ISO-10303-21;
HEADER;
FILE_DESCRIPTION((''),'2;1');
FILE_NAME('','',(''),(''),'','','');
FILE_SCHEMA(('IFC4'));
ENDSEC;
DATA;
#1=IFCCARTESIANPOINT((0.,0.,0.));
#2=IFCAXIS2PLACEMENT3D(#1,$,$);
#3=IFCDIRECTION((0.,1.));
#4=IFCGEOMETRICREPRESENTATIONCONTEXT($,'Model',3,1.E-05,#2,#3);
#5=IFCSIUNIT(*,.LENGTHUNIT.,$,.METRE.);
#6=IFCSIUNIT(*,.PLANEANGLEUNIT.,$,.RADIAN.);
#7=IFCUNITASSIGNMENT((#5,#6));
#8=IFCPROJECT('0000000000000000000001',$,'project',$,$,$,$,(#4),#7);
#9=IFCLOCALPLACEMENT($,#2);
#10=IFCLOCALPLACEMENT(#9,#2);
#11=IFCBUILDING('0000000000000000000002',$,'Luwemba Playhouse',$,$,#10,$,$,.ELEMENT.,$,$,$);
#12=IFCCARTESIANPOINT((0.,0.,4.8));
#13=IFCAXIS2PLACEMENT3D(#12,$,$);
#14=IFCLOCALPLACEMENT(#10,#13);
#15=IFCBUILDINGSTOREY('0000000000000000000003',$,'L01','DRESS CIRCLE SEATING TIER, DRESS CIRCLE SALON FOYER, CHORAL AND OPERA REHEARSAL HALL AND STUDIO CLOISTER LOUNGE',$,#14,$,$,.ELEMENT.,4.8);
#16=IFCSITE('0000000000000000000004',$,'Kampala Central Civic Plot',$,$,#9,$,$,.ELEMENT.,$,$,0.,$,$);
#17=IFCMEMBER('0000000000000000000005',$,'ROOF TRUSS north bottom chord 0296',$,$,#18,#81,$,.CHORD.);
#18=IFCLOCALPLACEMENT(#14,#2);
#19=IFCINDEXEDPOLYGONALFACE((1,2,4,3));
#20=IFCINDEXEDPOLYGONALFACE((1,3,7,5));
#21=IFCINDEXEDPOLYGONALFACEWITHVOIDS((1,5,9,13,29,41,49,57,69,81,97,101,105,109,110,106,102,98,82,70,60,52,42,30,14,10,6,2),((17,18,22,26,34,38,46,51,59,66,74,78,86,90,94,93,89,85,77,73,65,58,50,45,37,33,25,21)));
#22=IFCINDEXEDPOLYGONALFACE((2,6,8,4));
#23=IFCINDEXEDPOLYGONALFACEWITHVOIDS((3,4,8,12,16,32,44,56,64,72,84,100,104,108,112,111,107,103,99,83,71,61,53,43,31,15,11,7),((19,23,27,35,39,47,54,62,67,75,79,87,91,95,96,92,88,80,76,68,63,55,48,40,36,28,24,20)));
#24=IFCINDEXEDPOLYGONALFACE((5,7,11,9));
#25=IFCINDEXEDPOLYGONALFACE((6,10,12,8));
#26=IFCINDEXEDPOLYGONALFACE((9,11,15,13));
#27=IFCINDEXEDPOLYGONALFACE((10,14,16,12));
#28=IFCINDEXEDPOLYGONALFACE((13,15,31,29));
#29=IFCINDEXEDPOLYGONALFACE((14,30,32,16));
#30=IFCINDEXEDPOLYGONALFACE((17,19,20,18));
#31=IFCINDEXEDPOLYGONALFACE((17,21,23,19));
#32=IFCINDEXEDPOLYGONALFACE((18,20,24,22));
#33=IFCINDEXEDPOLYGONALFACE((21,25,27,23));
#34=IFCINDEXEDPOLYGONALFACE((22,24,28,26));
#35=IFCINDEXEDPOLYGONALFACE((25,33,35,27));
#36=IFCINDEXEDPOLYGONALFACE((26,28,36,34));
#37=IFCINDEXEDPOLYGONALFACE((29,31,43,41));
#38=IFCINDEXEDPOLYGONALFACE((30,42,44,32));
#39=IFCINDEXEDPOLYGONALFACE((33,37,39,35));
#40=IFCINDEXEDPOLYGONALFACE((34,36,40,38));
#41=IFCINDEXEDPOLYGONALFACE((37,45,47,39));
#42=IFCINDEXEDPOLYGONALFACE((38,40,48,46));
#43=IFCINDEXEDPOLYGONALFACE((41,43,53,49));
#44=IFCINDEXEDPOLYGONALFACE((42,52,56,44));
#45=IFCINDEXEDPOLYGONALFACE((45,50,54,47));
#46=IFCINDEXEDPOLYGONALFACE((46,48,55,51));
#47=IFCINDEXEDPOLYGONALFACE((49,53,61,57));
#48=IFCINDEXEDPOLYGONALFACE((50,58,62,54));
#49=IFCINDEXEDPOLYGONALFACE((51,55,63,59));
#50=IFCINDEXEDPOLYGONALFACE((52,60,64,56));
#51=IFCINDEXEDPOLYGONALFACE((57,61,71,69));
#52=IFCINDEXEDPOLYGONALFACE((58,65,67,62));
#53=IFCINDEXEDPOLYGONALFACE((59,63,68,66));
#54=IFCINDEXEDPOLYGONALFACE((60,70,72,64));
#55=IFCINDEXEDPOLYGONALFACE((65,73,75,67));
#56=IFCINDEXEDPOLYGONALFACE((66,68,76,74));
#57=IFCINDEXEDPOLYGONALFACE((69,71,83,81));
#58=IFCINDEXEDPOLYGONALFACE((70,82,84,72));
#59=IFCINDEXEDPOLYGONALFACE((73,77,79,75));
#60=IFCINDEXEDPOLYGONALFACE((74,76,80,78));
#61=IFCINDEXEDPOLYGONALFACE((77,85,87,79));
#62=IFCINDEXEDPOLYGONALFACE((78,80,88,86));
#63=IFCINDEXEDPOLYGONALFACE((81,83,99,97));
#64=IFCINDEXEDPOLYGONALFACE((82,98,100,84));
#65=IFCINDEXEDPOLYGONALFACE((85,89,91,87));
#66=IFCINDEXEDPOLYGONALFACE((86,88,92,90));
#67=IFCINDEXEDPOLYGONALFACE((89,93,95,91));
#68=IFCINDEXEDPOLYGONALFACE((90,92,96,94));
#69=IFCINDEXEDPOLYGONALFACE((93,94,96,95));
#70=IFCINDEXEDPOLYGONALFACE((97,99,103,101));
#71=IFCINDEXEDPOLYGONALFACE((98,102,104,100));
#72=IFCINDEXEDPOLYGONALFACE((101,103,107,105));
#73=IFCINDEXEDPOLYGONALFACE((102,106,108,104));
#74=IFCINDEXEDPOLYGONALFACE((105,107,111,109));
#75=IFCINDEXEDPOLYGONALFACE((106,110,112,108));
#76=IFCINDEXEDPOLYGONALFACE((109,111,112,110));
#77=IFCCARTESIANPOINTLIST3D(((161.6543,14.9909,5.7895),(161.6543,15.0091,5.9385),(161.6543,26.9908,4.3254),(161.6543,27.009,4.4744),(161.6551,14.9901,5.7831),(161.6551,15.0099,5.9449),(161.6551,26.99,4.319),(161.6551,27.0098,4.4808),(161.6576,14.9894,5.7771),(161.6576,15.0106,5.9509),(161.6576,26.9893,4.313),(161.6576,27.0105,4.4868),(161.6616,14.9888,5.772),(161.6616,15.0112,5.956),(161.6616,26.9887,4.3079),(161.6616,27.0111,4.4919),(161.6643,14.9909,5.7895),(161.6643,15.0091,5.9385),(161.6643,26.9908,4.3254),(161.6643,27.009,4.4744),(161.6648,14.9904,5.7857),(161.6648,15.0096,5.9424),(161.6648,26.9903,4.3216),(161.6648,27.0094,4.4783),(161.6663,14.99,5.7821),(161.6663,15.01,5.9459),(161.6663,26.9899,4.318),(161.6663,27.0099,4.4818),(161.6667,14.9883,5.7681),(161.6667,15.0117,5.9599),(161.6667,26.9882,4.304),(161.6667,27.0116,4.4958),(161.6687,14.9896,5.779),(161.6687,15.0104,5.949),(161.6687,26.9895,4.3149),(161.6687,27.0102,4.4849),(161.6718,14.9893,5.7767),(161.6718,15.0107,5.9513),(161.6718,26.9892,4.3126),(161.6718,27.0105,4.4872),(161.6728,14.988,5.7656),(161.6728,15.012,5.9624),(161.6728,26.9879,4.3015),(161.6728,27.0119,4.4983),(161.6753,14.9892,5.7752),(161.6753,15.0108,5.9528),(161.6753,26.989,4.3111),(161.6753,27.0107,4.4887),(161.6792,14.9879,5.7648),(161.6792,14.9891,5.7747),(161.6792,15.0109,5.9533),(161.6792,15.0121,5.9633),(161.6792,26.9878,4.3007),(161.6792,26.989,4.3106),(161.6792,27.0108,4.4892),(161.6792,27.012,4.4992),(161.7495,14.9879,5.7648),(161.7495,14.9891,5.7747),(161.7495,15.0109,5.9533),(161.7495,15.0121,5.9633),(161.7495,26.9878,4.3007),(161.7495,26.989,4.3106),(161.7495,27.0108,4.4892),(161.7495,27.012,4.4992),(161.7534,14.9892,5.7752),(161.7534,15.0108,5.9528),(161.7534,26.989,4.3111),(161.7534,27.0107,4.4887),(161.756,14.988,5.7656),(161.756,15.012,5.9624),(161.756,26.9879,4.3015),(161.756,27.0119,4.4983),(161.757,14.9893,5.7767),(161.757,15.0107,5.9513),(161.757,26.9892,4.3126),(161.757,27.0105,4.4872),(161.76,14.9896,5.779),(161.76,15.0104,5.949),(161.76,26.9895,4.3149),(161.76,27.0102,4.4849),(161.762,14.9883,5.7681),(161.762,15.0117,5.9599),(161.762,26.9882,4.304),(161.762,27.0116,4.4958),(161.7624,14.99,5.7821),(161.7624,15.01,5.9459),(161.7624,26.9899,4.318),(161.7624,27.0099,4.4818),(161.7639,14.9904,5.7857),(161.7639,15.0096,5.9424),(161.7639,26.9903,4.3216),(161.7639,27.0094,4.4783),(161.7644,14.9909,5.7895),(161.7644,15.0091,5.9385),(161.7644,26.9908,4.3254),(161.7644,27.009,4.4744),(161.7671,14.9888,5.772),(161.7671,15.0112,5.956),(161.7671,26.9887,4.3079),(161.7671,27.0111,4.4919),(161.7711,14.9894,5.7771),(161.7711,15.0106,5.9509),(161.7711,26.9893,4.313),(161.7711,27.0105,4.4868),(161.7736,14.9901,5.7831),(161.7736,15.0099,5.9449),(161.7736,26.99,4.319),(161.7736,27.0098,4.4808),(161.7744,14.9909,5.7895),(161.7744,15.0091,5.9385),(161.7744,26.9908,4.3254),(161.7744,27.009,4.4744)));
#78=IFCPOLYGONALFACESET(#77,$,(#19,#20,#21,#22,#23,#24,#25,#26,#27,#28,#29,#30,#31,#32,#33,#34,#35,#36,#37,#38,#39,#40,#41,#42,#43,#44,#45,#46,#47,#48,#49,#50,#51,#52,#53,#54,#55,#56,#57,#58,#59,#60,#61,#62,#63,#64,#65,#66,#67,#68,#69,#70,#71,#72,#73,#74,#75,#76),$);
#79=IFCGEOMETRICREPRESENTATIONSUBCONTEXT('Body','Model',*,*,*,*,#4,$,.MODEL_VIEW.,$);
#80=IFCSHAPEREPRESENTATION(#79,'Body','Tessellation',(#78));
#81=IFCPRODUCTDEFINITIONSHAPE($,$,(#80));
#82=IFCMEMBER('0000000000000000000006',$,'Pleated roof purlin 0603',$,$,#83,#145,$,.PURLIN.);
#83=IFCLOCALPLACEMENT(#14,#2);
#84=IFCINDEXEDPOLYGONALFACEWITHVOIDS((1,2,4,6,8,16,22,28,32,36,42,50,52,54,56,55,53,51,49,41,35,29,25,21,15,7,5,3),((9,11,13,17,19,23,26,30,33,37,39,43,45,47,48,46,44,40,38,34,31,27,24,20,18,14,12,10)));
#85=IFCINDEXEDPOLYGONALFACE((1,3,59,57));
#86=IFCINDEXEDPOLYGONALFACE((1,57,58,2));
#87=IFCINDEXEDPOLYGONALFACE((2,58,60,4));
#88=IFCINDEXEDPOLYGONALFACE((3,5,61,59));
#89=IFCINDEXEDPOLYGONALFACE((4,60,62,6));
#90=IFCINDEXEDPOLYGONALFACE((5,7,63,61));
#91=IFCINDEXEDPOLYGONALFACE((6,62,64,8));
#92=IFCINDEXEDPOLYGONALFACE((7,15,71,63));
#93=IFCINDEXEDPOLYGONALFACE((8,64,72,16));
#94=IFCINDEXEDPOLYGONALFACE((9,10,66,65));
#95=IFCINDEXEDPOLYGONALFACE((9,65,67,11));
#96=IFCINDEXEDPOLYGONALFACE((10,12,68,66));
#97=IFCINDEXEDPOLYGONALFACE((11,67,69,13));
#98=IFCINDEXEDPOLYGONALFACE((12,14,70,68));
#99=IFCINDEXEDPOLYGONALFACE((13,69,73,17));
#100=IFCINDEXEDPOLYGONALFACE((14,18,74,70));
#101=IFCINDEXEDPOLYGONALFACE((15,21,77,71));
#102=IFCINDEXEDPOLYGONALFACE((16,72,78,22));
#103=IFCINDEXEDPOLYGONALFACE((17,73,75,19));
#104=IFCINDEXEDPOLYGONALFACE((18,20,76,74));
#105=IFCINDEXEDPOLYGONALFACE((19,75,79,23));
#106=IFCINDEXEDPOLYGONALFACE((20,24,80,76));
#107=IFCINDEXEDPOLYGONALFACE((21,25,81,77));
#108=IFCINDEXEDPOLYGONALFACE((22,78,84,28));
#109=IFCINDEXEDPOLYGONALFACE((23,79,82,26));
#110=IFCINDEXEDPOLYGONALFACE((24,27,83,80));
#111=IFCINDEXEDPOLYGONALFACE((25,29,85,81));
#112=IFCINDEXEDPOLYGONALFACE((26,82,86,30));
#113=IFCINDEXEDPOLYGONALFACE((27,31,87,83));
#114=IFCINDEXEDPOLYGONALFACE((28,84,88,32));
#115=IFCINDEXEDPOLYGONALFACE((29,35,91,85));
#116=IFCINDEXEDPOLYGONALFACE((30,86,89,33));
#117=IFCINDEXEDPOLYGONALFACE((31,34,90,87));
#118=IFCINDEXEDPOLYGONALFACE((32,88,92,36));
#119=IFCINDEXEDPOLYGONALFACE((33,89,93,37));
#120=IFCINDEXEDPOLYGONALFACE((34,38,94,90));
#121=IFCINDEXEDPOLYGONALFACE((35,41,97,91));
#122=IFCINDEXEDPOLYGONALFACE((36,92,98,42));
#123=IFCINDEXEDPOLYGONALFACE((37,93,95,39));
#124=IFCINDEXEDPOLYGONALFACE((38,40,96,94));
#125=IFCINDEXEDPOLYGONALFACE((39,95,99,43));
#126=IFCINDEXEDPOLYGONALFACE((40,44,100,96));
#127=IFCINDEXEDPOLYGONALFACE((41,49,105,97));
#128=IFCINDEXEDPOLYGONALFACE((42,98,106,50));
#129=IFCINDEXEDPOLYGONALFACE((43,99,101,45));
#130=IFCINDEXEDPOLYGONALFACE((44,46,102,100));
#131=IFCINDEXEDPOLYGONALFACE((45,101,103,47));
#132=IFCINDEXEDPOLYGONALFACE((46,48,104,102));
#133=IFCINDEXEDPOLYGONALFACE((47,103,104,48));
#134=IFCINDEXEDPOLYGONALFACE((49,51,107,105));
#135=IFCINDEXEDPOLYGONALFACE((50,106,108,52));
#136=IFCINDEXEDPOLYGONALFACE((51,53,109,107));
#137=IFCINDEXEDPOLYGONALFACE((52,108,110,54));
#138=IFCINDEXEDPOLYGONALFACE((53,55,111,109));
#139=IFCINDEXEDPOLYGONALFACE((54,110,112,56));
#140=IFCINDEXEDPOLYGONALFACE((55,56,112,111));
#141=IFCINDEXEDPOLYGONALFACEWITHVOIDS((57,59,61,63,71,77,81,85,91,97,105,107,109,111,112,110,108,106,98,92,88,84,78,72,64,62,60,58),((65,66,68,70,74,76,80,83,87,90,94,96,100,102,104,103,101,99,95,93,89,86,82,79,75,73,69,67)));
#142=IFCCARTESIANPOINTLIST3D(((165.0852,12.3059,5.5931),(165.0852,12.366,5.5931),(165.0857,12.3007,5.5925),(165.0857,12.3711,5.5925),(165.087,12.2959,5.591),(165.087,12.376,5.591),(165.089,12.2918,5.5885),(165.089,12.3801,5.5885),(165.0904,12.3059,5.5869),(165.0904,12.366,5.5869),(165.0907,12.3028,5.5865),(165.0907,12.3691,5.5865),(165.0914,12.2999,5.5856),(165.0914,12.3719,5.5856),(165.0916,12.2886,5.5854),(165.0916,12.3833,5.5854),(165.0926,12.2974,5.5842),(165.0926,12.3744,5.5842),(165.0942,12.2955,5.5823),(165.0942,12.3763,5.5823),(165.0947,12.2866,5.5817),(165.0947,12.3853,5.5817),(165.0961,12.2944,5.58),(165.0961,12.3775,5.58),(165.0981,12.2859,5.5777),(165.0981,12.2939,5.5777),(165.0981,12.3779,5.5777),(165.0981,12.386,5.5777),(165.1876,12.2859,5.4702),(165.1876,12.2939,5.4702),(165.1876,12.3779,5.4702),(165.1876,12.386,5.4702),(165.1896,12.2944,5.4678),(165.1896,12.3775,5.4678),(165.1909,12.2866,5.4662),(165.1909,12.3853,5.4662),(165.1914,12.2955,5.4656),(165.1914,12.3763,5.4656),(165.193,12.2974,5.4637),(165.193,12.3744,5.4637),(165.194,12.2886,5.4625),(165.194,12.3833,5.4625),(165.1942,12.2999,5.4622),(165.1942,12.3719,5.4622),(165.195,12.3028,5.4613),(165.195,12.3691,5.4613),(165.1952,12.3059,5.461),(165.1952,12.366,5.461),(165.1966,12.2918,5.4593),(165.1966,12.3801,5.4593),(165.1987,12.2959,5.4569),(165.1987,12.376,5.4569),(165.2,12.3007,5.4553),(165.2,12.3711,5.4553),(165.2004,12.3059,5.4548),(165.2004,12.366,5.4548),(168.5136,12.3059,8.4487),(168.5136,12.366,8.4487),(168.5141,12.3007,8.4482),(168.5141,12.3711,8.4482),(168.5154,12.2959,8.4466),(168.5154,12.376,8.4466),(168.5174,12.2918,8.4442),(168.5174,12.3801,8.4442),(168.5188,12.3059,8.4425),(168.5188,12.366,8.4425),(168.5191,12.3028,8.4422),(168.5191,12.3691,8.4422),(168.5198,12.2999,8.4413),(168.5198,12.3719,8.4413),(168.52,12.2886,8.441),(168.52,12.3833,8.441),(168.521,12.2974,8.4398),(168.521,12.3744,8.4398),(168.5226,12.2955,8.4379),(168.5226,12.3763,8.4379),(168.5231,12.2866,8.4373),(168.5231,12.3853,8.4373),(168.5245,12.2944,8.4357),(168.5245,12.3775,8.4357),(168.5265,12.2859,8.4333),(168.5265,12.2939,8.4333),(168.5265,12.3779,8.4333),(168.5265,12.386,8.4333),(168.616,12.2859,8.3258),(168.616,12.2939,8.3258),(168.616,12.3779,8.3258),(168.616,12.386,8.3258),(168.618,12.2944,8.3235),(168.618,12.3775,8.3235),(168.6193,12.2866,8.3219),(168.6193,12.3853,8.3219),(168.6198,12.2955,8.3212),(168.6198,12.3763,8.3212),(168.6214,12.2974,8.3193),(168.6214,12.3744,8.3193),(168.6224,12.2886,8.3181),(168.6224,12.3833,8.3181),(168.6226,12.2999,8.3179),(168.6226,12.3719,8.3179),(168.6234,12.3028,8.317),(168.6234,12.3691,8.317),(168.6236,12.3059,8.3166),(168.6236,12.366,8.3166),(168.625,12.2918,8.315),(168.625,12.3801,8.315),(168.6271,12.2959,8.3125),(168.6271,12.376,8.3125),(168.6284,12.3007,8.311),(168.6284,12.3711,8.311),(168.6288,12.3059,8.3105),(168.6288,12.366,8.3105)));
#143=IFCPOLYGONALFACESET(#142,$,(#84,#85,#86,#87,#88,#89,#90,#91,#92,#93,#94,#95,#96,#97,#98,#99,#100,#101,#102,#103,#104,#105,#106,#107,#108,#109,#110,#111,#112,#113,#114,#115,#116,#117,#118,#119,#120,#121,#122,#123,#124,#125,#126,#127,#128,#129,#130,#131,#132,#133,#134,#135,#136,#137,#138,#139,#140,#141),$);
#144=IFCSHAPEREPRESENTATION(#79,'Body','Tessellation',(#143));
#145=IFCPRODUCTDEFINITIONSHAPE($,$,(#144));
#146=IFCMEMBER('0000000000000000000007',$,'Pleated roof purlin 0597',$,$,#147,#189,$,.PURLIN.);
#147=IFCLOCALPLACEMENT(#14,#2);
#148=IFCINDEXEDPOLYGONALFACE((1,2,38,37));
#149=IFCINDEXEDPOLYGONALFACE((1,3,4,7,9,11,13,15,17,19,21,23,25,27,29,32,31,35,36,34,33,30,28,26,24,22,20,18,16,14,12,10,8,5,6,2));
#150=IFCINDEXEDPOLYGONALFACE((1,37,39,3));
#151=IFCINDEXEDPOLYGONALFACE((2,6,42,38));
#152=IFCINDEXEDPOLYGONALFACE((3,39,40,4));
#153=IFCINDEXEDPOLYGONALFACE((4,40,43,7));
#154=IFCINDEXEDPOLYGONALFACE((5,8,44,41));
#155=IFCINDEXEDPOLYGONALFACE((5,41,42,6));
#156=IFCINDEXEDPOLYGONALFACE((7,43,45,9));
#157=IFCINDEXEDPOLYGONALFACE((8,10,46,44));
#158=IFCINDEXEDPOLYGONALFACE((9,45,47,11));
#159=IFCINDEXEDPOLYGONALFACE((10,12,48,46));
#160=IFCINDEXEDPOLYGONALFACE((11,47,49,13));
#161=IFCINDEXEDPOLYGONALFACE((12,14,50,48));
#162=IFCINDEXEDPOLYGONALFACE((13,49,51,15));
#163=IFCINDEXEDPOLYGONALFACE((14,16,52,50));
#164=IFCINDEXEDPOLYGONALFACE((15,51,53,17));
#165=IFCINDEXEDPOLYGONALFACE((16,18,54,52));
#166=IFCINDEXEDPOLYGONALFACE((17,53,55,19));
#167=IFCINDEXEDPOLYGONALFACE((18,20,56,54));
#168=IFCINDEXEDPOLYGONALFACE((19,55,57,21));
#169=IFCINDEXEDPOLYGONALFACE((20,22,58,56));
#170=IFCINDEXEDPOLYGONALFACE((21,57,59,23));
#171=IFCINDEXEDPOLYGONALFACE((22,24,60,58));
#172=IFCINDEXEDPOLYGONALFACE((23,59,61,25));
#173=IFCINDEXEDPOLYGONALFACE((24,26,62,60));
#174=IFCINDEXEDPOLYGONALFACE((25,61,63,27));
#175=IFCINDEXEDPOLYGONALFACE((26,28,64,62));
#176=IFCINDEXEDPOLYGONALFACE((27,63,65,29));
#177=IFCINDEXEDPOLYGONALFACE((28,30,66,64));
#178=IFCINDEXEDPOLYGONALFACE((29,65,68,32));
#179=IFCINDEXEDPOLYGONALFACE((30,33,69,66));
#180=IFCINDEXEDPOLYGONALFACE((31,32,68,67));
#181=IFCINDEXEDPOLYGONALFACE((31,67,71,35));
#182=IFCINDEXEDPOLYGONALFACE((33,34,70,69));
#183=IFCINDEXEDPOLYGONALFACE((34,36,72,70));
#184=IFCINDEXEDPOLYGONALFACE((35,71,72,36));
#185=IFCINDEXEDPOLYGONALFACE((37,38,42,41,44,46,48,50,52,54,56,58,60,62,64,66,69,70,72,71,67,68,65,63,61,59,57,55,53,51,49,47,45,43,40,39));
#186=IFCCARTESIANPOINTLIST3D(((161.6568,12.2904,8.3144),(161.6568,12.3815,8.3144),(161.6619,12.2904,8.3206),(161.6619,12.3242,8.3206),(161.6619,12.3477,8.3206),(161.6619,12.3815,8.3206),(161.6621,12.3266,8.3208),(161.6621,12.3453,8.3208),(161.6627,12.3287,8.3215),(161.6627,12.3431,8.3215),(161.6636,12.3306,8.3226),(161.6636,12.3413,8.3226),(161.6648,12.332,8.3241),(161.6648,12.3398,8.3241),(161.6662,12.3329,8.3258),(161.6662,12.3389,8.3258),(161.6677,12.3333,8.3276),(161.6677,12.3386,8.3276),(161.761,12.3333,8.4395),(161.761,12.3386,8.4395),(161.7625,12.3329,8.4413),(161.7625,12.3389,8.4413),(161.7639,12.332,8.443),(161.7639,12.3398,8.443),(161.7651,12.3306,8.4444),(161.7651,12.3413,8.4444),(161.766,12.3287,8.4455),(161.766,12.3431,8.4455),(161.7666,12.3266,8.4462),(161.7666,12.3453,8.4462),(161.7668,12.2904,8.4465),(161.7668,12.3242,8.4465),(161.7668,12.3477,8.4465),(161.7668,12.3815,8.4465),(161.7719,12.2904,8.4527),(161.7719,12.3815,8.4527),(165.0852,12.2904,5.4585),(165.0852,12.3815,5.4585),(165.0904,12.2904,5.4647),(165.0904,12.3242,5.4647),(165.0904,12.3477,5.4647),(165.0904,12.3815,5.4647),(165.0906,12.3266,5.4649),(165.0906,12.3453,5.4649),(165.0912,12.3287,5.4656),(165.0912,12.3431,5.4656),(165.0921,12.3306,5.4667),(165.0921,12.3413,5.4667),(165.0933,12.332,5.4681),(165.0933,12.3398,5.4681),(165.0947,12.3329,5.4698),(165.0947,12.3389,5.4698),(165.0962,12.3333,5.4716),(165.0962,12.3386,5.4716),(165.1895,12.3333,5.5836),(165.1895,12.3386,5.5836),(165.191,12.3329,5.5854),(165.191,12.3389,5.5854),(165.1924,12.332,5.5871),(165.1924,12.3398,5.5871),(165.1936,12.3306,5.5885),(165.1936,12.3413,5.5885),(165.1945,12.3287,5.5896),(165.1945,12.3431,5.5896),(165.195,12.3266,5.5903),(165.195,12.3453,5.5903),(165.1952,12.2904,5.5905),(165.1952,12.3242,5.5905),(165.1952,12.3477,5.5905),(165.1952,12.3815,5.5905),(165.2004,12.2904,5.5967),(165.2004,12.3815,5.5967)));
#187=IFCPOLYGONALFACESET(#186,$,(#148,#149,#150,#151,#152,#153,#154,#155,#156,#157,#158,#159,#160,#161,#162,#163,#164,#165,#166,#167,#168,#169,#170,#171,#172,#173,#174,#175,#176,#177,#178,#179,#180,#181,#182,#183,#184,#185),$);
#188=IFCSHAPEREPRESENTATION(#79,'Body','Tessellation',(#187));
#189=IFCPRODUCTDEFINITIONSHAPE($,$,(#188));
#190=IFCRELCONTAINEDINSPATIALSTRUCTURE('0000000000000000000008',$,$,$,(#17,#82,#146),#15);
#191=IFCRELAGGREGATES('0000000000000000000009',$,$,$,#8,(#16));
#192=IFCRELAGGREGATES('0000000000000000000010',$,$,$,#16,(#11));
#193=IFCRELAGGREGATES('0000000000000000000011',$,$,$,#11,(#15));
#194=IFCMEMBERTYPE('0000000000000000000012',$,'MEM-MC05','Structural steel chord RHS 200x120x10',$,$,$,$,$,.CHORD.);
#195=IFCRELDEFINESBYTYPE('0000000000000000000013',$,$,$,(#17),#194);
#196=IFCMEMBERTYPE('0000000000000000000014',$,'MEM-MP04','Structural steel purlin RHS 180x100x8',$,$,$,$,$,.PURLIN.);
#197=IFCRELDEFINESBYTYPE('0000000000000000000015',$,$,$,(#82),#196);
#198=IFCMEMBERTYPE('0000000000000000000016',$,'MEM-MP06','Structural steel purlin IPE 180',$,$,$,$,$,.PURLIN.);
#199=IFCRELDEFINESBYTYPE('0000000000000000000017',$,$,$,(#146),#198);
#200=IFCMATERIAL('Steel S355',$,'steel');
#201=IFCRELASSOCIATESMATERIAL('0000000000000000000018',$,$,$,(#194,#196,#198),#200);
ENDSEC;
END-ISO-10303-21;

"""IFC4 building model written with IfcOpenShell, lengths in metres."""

from ifc_helpers import new_model, si_unit, direction, frame, origin, origin_2d, place, context, subcontext, project, spatial, hollow_rectangle, i_section, extrude, material, material_profile, profile_set, type_object, element, save


model = new_model("IFC4")

# Units and contexts
model_context = context("Model", 3, precision=1e-05, world=origin(), true_north=direction((0.0, 1.0)))
body_context = subcontext(model_context, "Body", "Model", "MODEL_VIEW")
ifc_project = project(units=[si_unit("LENGTHUNIT", "METRE"), si_unit("PLANEANGLEUNIT", "RADIAN")], contexts=[model_context])

# Site, building, storey
site_placement = place(None, origin())
site = spatial("IfcSite", under=ifc_project, at=site_placement, Name="Kampala Central Civic Plot", CompositionType="ELEMENT", RefElevation=0.0)
building_placement = place(site_placement, origin())
building = spatial("IfcBuilding", under=site, at=building_placement, Name="Luwemba Playhouse", CompositionType="ELEMENT")
storey_placement = place(building_placement, frame((0.0, 0.0, 4.8)))
storey = spatial("IfcBuildingStorey", under=building, at=storey_placement, Name="L01", Description="DRESS CIRCLE SEATING TIER, DRESS CIRCLE SALON FOYER, CHORAL AND OPERA REHEARSAL HALL AND STUDIO CLOISTER LOUNGE", CompositionType="ELEMENT", Elevation=4.8)

# Shared definitions
ifc_material_1 = material(Name="Steel S355", Category="steel")

# Members
ifc_material_profile_1 = material_profile(ifc_material_1, hollow_rectangle(XDim=0.1201, YDim=0.2, WallThickness=0.01, InnerFilletRadius=0.0149, OuterFilletRadius=0.0249, at=origin_2d()))
ifc_profile_set_1 = profile_set([ifc_material_profile_1], Name="Steel S355")
member_type_1 = type_object("IfcMemberType", Name="MEM-MC05", Description="Structural steel chord RHS 200x120x10", PredefinedType="CHORD", material=ifc_profile_set_1)
member_1_placement = place(storey_placement, frame((161.7144, 15.0, 5.864), z_axis=(0.0, 0.992639, -0.121111), x_axis=(-1.0, 0.0, 0.0)))
element("IfcMember", 1, at=member_1_placement, inside=storey, type_object=member_type_1, Name="ROOF TRUSS north bottom chord 0296", PredefinedType="CHORD", context=body_context, shape_type="SweptSolid", body=[
    extrude(hollow_rectangle(XDim=0.1201, YDim=0.2, WallThickness=0.01, InnerFilletRadius=0.0149, OuterFilletRadius=0.0249, at=origin_2d()), origin(), (0.0, 0.0, 1.0), 12.0889),
])
ifc_material_profile_2 = material_profile(ifc_material_1, hollow_rectangle(XDim=0.1001, YDim=0.1799, WallThickness=0.0081, InnerFilletRadius=0.012, OuterFilletRadius=0.02, at=origin_2d()))
ifc_profile_set_2 = profile_set([ifc_material_profile_2], Name="Steel S355")
member_type_2 = type_object("IfcMemberType", Name="MEM-MP04", Description="Structural steel purlin RHS 180x100x8", PredefinedType="PURLIN", material=ifc_profile_set_2)
member_2_placement = place(storey_placement, frame((165.1428, 12.3359, 5.5239), z_axis=(0.768369, 0.0, 0.640007), x_axis=(0.0, 1.0, 0.0)))
element("IfcMember", 2, at=member_2_placement, inside=storey, type_object=member_type_2, Name="Pleated roof purlin 0603", PredefinedType="PURLIN", context=body_context, shape_type="SweptSolid", body=[
    extrude(hollow_rectangle(XDim=0.1001, YDim=0.1799, WallThickness=0.0081, InnerFilletRadius=0.012, OuterFilletRadius=0.02, at=origin_2d()), origin(), (0.0, 0.0, 1.0), 4.4619),
])
ifc_material_profile_3 = material_profile(ifc_material_1, i_section(OverallWidth=0.0911, OverallDepth=0.1799, WebThickness=0.0054, FlangeThickness=0.0081, FilletRadius=0.009, at=origin_2d()))
ifc_profile_set_3 = profile_set([ifc_material_profile_3], Name="Steel S355")
member_type_3 = type_object("IfcMemberType", Name="MEM-MP06", Description="Structural steel purlin IPE 180", PredefinedType="PURLIN", material=ifc_profile_set_3)
member_3_placement = place(storey_placement, frame((161.7144, 12.3359, 8.3835), z_axis=(0.768342, 0.0, -0.640039), x_axis=(0.0, 1.0, 0.0)))
element("IfcMember", 3, at=member_3_placement, inside=storey, type_object=member_type_3, Name="Pleated roof purlin 0597", PredefinedType="PURLIN", context=body_context, shape_type="SweptSolid", body=[
    extrude(i_section(OverallWidth=0.0911, OverallDepth=0.1799, WebThickness=0.0054, FlangeThickness=0.0081, FilletRadius=0.009, at=origin_2d()), origin(), (0.0, 0.0, 1.0), 4.4622),
])

save(model, "model.ifc")
